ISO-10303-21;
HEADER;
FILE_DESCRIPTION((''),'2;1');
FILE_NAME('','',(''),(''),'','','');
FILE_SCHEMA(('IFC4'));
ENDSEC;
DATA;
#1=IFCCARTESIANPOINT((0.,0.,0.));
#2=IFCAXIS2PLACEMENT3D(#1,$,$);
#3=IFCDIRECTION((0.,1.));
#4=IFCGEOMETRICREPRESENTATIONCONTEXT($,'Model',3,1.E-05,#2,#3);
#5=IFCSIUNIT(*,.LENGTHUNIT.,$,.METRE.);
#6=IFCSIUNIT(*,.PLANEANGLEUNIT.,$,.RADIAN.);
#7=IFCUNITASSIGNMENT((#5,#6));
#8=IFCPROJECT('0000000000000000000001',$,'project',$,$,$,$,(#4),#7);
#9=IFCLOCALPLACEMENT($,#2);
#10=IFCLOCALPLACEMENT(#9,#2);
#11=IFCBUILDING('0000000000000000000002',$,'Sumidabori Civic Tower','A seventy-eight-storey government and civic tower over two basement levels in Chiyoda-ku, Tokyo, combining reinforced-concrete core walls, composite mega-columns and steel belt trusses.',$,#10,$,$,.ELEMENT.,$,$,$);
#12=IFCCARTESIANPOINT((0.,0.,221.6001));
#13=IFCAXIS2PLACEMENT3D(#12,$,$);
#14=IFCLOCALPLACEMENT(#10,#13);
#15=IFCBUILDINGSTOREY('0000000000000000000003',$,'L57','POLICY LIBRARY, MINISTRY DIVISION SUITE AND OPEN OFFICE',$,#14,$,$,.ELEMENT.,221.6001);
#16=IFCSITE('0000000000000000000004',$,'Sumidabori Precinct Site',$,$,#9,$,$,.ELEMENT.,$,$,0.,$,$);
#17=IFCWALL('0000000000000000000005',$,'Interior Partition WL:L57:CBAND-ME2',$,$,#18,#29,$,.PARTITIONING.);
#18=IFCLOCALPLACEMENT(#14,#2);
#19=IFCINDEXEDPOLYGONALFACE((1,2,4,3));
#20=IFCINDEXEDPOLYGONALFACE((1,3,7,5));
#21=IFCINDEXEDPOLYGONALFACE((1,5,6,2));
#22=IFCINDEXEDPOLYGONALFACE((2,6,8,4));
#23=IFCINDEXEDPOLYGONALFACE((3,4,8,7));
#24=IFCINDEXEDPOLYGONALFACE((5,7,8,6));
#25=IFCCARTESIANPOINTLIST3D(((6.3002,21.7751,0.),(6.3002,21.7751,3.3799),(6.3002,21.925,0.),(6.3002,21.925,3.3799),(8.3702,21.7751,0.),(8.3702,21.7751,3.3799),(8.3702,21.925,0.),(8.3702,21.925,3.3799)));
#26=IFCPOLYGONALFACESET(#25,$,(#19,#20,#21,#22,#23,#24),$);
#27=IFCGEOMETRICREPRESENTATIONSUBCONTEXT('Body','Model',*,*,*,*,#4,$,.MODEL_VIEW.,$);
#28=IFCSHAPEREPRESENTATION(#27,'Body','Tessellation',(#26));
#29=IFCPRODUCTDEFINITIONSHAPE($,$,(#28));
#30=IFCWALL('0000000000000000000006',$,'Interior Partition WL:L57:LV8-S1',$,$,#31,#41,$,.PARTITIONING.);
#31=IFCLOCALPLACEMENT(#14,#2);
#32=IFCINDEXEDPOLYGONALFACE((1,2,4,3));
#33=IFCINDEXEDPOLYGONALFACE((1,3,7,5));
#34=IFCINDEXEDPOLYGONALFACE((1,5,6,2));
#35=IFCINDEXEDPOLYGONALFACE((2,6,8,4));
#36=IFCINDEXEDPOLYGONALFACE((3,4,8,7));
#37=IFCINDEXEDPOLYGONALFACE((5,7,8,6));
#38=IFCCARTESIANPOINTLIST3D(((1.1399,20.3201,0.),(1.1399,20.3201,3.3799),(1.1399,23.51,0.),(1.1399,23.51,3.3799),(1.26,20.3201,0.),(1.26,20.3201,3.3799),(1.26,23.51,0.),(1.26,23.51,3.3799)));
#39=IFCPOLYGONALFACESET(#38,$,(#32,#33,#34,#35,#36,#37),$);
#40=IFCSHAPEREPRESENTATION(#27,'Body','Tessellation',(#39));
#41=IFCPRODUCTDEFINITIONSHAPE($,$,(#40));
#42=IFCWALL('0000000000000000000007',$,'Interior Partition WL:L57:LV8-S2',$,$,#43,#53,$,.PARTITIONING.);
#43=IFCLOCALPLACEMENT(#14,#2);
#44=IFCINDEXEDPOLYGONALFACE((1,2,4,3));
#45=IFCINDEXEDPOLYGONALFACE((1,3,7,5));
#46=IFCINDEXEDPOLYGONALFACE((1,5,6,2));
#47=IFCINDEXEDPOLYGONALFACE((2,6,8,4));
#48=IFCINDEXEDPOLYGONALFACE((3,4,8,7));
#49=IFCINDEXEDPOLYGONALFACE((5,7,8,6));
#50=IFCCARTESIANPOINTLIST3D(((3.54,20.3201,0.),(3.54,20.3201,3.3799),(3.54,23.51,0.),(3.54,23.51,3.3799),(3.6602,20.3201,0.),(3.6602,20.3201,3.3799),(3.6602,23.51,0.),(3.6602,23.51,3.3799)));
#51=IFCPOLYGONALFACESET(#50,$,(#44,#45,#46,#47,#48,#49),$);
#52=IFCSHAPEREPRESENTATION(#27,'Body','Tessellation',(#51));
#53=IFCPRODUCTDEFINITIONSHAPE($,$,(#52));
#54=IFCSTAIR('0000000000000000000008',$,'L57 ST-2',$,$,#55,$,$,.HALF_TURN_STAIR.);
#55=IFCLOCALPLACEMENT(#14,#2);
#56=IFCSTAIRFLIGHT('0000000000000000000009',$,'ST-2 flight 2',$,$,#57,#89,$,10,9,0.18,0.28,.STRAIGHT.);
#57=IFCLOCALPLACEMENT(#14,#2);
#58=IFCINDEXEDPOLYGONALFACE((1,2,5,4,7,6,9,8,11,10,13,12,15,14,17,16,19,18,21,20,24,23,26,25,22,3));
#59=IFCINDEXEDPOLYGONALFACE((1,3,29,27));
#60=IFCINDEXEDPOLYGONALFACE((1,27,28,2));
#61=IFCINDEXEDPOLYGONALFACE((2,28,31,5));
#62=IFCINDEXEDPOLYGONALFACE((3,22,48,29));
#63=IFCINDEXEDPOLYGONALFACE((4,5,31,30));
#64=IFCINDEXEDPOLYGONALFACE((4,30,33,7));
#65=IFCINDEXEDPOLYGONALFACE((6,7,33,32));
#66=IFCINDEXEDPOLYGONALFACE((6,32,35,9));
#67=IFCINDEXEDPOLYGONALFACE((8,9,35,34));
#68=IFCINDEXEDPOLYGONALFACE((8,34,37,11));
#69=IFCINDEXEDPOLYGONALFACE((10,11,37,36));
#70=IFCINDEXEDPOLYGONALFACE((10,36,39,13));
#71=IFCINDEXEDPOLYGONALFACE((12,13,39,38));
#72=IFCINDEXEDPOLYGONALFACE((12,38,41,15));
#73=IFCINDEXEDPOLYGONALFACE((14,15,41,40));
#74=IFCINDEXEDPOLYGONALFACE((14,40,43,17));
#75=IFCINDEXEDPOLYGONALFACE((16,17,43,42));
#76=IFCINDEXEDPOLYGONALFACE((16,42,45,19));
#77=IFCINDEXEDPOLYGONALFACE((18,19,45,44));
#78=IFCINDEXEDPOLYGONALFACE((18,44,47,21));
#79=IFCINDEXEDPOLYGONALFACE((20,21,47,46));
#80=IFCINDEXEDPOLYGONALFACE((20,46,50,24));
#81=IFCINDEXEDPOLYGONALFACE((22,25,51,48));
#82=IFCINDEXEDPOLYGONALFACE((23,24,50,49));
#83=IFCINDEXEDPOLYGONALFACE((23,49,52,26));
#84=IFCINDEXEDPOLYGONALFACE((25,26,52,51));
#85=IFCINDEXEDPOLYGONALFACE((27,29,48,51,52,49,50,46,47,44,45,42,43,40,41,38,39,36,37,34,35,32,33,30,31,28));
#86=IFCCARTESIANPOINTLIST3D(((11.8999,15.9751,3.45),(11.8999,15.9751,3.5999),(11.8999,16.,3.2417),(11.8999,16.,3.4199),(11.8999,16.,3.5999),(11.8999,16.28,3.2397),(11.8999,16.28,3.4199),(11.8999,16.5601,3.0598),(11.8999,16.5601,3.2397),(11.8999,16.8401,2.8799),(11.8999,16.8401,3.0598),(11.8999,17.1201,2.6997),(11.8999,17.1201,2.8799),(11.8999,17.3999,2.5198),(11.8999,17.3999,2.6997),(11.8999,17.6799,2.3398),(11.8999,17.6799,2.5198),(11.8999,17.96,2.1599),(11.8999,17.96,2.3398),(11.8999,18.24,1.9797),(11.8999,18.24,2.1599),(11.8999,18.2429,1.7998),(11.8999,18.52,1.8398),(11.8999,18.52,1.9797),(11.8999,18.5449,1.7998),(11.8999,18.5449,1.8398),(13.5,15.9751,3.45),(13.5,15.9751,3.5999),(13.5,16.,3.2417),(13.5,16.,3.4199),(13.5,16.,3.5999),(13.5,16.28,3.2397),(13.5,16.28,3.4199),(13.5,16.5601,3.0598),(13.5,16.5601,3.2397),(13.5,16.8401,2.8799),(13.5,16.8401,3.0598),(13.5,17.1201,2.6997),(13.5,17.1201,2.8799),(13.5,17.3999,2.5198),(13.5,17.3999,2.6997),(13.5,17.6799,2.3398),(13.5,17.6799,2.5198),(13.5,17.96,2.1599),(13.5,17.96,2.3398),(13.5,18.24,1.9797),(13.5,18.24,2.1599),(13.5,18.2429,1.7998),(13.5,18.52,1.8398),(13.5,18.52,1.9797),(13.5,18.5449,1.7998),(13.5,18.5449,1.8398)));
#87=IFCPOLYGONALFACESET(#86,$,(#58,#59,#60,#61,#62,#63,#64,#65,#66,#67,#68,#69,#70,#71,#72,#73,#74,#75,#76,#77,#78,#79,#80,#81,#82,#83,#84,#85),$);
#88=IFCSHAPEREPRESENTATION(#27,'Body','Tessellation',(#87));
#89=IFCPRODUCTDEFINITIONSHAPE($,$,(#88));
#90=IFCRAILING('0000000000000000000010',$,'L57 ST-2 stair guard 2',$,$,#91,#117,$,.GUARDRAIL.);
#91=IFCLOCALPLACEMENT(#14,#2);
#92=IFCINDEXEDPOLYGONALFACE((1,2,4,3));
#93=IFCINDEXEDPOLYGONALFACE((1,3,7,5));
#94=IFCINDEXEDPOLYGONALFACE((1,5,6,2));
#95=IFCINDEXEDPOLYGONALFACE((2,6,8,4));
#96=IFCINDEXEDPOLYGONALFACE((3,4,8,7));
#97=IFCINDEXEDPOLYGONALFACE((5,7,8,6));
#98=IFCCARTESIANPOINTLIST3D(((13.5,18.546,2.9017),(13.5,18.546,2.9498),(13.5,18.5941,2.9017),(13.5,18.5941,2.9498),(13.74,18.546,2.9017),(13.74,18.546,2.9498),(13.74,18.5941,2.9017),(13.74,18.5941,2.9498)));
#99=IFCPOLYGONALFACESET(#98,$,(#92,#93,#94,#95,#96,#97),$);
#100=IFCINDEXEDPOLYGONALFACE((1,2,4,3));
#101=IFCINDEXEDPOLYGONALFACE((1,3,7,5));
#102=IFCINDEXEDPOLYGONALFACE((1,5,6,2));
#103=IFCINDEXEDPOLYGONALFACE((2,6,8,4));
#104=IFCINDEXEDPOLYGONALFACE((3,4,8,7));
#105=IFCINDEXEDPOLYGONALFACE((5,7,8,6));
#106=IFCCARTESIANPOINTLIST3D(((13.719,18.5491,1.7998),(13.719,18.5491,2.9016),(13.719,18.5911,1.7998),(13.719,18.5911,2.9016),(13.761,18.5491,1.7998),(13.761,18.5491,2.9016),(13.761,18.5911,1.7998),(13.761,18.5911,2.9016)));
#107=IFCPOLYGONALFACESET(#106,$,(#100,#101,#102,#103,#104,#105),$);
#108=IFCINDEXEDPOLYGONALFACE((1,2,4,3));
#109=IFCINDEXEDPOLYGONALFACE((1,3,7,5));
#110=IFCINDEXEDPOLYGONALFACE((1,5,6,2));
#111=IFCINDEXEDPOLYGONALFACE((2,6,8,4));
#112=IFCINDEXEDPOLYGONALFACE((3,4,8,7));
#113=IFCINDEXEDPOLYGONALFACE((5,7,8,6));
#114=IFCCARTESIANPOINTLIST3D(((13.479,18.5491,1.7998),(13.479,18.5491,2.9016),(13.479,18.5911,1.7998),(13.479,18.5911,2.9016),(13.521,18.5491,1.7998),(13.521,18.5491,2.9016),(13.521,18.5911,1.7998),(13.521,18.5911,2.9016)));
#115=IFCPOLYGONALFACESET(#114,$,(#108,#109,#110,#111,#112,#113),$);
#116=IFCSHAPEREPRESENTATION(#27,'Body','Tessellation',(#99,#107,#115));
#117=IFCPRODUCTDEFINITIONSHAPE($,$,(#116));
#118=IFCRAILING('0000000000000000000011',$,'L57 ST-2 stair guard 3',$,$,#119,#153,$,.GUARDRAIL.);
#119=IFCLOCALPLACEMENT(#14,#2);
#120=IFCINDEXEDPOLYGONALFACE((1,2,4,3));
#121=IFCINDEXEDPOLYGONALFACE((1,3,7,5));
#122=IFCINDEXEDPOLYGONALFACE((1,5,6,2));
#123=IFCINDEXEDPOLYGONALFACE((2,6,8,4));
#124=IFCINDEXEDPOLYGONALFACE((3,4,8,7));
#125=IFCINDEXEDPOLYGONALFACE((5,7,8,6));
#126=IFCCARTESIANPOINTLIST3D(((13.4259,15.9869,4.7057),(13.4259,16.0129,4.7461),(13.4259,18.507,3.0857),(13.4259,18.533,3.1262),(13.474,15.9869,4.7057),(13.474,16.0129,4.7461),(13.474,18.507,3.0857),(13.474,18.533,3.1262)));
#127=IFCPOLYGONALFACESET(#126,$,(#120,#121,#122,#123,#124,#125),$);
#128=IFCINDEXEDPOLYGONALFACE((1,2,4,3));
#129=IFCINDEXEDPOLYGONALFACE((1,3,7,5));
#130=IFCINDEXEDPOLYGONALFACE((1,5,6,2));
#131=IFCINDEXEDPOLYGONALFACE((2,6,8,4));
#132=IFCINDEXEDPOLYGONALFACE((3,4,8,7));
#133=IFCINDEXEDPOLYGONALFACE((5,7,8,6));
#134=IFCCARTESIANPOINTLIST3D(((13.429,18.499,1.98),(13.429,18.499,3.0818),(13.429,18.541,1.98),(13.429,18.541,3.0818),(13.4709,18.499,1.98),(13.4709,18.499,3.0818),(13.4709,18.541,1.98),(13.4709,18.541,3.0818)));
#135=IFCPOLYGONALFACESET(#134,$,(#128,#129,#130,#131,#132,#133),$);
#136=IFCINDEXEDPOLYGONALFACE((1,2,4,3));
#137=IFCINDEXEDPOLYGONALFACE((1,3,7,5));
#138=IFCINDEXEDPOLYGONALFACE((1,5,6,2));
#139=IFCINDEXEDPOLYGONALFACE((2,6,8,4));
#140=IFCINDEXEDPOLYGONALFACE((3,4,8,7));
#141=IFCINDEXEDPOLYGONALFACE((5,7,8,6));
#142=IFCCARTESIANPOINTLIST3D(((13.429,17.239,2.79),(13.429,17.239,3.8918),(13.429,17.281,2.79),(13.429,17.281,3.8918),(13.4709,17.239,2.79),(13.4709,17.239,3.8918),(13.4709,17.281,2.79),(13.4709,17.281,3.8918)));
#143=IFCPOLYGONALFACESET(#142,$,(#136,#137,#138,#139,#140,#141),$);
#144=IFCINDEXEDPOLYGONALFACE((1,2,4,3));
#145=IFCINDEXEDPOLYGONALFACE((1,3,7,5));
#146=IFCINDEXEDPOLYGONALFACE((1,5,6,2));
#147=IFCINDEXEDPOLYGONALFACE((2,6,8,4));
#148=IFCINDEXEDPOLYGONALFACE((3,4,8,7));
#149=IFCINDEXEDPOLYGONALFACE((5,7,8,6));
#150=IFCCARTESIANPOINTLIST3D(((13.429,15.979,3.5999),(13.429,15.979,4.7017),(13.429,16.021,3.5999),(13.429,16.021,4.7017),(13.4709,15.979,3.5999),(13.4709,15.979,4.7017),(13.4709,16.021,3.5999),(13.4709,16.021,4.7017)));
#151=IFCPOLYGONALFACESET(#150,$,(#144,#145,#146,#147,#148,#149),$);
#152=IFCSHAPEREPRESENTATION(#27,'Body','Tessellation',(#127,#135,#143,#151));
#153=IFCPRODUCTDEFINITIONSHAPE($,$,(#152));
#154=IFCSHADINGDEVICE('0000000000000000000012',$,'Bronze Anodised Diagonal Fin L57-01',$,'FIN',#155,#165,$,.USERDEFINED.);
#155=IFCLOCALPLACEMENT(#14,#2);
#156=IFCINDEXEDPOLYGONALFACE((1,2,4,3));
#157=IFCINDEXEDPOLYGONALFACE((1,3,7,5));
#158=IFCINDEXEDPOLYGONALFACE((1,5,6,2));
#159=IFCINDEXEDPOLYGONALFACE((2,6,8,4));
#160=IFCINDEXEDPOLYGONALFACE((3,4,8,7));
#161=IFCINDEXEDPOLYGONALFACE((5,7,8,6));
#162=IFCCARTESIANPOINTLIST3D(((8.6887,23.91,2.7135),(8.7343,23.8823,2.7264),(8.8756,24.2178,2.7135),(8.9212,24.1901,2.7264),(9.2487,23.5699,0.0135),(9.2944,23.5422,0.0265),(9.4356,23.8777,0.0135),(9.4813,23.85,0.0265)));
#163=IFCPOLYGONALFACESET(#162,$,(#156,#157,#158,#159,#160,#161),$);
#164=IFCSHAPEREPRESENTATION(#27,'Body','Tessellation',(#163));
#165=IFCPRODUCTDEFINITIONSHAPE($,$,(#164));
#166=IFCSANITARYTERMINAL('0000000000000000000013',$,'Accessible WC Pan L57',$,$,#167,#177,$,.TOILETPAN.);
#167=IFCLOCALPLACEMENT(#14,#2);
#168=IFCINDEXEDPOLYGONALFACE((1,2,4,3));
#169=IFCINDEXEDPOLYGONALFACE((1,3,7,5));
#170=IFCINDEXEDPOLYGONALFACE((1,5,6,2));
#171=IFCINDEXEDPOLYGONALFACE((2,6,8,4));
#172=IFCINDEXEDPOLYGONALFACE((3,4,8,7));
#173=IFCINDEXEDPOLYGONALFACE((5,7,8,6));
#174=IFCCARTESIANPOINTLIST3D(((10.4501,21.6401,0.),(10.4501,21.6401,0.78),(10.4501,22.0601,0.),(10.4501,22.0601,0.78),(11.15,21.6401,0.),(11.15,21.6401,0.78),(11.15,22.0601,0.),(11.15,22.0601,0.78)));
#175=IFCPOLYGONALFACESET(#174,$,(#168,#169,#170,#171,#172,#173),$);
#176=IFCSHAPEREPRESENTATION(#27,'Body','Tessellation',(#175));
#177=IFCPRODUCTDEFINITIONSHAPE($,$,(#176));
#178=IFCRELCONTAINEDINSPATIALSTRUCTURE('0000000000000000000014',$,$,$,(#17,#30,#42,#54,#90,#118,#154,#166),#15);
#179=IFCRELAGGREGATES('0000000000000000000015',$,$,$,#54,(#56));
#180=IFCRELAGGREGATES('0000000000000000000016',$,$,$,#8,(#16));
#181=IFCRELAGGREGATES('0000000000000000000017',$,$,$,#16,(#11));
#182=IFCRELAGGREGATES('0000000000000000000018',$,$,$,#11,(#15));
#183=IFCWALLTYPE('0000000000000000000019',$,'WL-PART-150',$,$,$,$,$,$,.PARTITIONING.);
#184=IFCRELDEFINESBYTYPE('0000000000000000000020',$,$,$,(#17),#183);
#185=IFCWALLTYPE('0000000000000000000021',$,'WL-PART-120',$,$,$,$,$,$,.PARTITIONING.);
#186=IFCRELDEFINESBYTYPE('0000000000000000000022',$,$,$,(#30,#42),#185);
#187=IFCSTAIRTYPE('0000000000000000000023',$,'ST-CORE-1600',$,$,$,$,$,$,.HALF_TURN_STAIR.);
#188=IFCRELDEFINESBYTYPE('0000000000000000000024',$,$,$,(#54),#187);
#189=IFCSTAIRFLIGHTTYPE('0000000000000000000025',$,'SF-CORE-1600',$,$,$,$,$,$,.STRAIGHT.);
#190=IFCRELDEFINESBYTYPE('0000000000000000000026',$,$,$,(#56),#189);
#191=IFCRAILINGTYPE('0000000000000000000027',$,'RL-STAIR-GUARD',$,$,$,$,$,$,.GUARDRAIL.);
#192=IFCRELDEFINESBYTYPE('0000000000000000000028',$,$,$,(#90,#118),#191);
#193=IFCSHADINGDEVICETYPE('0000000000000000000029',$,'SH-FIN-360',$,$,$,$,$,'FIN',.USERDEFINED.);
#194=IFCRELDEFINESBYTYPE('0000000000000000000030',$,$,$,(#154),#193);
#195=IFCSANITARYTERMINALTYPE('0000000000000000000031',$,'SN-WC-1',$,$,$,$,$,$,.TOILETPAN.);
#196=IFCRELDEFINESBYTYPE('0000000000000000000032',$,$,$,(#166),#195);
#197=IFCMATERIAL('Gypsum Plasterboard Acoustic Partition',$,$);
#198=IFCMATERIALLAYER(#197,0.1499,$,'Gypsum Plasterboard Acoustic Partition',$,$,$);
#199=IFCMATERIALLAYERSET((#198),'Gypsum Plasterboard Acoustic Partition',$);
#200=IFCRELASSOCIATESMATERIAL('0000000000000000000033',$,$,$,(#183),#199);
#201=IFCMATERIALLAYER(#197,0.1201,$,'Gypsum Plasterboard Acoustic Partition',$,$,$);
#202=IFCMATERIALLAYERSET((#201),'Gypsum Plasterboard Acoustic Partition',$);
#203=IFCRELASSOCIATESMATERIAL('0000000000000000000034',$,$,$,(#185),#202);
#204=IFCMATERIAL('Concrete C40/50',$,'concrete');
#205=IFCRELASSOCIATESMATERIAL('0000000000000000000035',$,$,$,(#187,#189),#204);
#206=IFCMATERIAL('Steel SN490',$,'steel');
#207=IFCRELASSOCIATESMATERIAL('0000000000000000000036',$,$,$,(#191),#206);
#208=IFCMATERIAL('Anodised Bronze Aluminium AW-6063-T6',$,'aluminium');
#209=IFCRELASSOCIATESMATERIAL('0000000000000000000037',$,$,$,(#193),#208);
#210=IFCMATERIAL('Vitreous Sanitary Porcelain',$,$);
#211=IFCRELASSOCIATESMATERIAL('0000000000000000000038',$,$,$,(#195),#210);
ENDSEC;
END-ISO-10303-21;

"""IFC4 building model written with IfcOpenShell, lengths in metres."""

from ifc_helpers import new_model, si_unit, direction, frame, frame_2d, origin, origin_2d, place, context, subcontext, project, spatial, polyline, rectangle, outline, extrude, source, transform, mapped, material, layer, layer_set, material_profile, profile_set, type_object, element, aggregate, save


model = new_model("IFC4")

# Units and contexts
model_context = context("Model", 3, precision=1e-05, world=origin(), true_north=direction((0.0, 1.0)))
body_context = subcontext(model_context, "Body", "Model", "MODEL_VIEW")
ifc_project = project(units=[si_unit("LENGTHUNIT", "METRE"), si_unit("PLANEANGLEUNIT", "RADIAN")], contexts=[model_context])

# Site, building, storey
site_placement = place(None, origin())
site = spatial("IfcSite", under=ifc_project, at=site_placement, Name="Sumidabori Precinct Site", CompositionType="ELEMENT", RefElevation=0.0)
building_placement = place(site_placement, origin())
building = spatial("IfcBuilding", under=site, at=building_placement, Name="Sumidabori Civic Tower", Description="A seventy-eight-storey government and civic tower over two basement levels in Chiyoda-ku, Tokyo, combining reinforced-concrete core walls, composite mega-columns and steel belt trusses.", CompositionType="ELEMENT")
storey_placement = place(building_placement, frame((0.0, 0.0, 221.6001)))
storey = spatial("IfcBuildingStorey", under=building, at=storey_placement, Name="L57", Description="POLICY LIBRARY, MINISTRY DIVISION SUITE AND OPEN OFFICE", CompositionType="ELEMENT", Elevation=221.6001)

# Shared definitions
ifc_material_1 = material(Name="Steel SN490", Category="steel")

# Shared definitions
ifc_material_2 = material(Name="Anodised Bronze Aluminium AW-6063-T6", Category="aluminium")

# Walls
ifc_material_3 = material(Name="Gypsum Plasterboard Acoustic Partition")
ifc_layer_1 = layer(ifc_material_3, 0.1499, Name="Gypsum Plasterboard Acoustic Partition")
ifc_layer_set_1 = layer_set([ifc_layer_1], Name="Gypsum Plasterboard Acoustic Partition")
wall_type_1 = type_object("IfcWallType", Name="WL-PART-150", PredefinedType="PARTITIONING", material=ifc_layer_set_1)
shared_shape_1 = source(origin(), body_context, "Body", "SweptSolid", [
    extrude(rectangle(XDim=2.0701, YDim=0.1499, at=frame_2d((1.0352, 0.0))), origin(), (0.0, 0.0, 1.0), 3.3799),
])
wall_1_placement = place(storey_placement, frame((6.3, 21.8501, 0.0), z_axis=(0.0, 0.0, 1.0), x_axis=(1.0, 0.0, 0.0)))
element("IfcWall", 1, at=wall_1_placement, inside=storey, type_object=wall_type_1, Name="Interior Partition WL:L57:CBAND-ME2", PredefinedType="PARTITIONING", context=body_context, shape_type="MappedRepresentation", body=[
    mapped(shared_shape_1, transform((0.0, 0.0, 0.0), x_axis=(1.0, 0.0, 0.0), y_axis=(0.0, 1.0, 0.0), z_axis=(0.0, 0.0, 1.0), scale=1.0)),
])
ifc_layer_2 = layer(ifc_material_3, 0.1201, Name="Gypsum Plasterboard Acoustic Partition")
ifc_layer_set_2 = layer_set([ifc_layer_2], Name="Gypsum Plasterboard Acoustic Partition")
wall_type_2 = type_object("IfcWallType", Name="WL-PART-120", PredefinedType="PARTITIONING", material=ifc_layer_set_2)
shared_shape_2 = source(origin(), body_context, "Body", "SweptSolid", [
    extrude(rectangle(XDim=3.1899, YDim=0.1201, at=frame_2d((1.595, 0.0))), origin(), (0.0, 0.0, 1.0), 3.3799),
])
for number, where, z_axis, x_axis, name in (
    (2, (1.2, 20.3201, 0.0), (0.0, 0.0, 1.0), (0.0, 1.0, 0.0), "Interior Partition WL:L57:LV8-S1"),
    (3, (3.6001, 20.3201, 0.0), (0.0, 0.0, 1.0), (0.0, 1.0, 0.0), "Interior Partition WL:L57:LV8-S2"),
):
    element("IfcWall", number, at=place(storey_placement, frame(where, z_axis=z_axis, x_axis=x_axis)), inside=storey, type_object=wall_type_2, Name=name, PredefinedType="PARTITIONING", context=body_context, shape_type="MappedRepresentation", body=[
        mapped(shared_shape_2, transform((0.0, 0.0, 0.0), x_axis=(1.0, 0.0, 0.0), y_axis=(0.0, 1.0, 0.0), z_axis=(0.0, 0.0, 1.0), scale=1.0)),
    ])

# Stair, stair flight
ifc_material_4 = material(Name="Concrete C40/50", Category="concrete")
stair_type = type_object("IfcStairType", Name="ST-CORE-1600", PredefinedType="HALF_TURN_STAIR", material=ifc_material_4)
stair_placement = place(storey_placement, origin())
stair = element("IfcStair", 4, at=stair_placement, inside=storey, type_object=stair_type, Name="L57 ST-2", PredefinedType="HALF_TURN_STAIR")
stair_flight_type = type_object("IfcStairFlightType", Name="SF-CORE-1600", PredefinedType="STRAIGHT", material=ifc_material_4)
shared_shape_3 = source(origin(), body_context, "Body", "SweptSolid", [
    extrude(outline(polyline([(-0.0249, 0.0), (-0.0249, 0.04), (0.0, 0.04), (0.0, 0.1799), (0.28, 0.1799), (0.28, 0.3601), (0.5601, 0.3601), (0.5601, 0.54), (0.8401, 0.54), (0.8401, 0.72), (1.1201, 0.72), (1.1201, 0.8999), (1.3999, 0.8999), (1.3999, 1.0801), (1.6799, 1.0801), (1.6799, 1.26), (1.96, 1.26), (1.96, 1.4399), (2.24, 1.4399), (2.24, 1.6201), (2.52, 1.6201), (2.52, 1.8), (2.5449, 1.8), (2.5449, 1.6501), (2.52, 1.4419), (0.2771, 0.0), (-0.0249, 0.0)])), frame((0.0, 0.8, 0.0), z_axis=(0.0, -1.0, 0.0), x_axis=(1.0, 0.0, 0.0)), (0.0, 0.0, 1.0), 1.6001),
])
stair_flight_placement = place(storey_placement, frame((12.7, 18.52, 1.7998), z_axis=(0.0, 0.0, 1.0), x_axis=(0.0, -1.0, 0.0)))
stair_flight = element("IfcStairFlight", 5, at=stair_flight_placement, type_object=stair_flight_type, Name="ST-2 flight 2", NumberOfRisers=10, NumberOfTreads=9, PredefinedType="STRAIGHT", RiserHeight=0.18, TreadLength=0.28, context=body_context, shape_type="MappedRepresentation", body=[
    mapped(shared_shape_3, transform((0.0, 0.0, 0.0), x_axis=(1.0, 0.0, 0.0), y_axis=(0.0, 1.0, 0.0), z_axis=(0.0, 0.0, 1.0), scale=1.0)),
])
aggregate(stair, [stair_flight])

# Railings
railing_type = type_object("IfcRailingType", Name="RL-STAIR-GUARD", PredefinedType="GUARDRAIL", material=ifc_material_1)
railing_1_placement = place(storey_placement, frame((13.74, 18.5701, 1.7998)))
element("IfcRailing", 6, at=railing_1_placement, inside=storey, type_object=railing_type, Name="L57 ST-2 stair guard 2", PredefinedType="GUARDRAIL", context=body_context, shape_type="SweptSolid", body=[
    extrude(rectangle(XDim=0.0481, YDim=0.0481, at=origin_2d()), frame((0.0, 0.0, 1.126), z_axis=(-1.0, 0.0, 0.0), x_axis=(0.0, -1.0, 0.0)), (0.0, 0.0, 1.0), 0.24),
    extrude(rectangle(XDim=0.042, YDim=0.042, at=origin_2d()), origin(), (0.0, 0.0, 1.0), 1.1018),
    extrude(rectangle(XDim=0.042, YDim=0.042, at=origin_2d()), frame((-0.24, 0.0, 0.0)), (0.0, 0.0, 1.0), 1.1018),
])
railing_2_placement = place(storey_placement, frame((13.45, 18.52, 1.98)))
element("IfcRailing", 7, at=railing_2_placement, inside=storey, type_object=railing_type, Name="L57 ST-2 stair guard 3", PredefinedType="GUARDRAIL", context=body_context, shape_type="SweptSolid", body=[
    extrude(rectangle(XDim=0.0481, YDim=0.0481, at=origin_2d()), frame((0.0, 0.0, 1.126), z_axis=(0.0, -0.8412, 0.540725), x_axis=(1.0, 0.0, 0.0)), (0.0, 0.0, 1.0), 2.9958),
    extrude(rectangle(XDim=0.042, YDim=0.042, at=origin_2d()), origin(), (0.0, 0.0, 1.0), 1.1018),
    extrude(rectangle(XDim=0.042, YDim=0.042, at=origin_2d()), frame((0.0, -1.26, 0.8101)), (0.0, 0.0, 1.0), 1.1018),
    extrude(rectangle(XDim=0.042, YDim=0.042, at=origin_2d()), frame((0.0, -2.52, 1.6199)), (0.0, 0.0, 1.0), 1.1018),
])

# Shading device
ifc_material_profile_1 = material_profile(ifc_material_2, rectangle(XDim=0.0549, YDim=0.3601, at=origin_2d()), Name="BRONZE FIN 360x55")
ifc_profile_set_1 = profile_set([ifc_material_profile_1], Name="Anodised Bronze Aluminium AW-6063-T6")
shading_device_type = type_object("IfcShadingDeviceType", Name="SH-FIN-360", ElementType="FIN", PredefinedType="USERDEFINED", material=ifc_profile_set_1)
shared_shape_4 = source(origin(), body_context, "Body", "SweptSolid", [
    extrude(rectangle(XDim=0.0549, YDim=0.3601, at=origin_2d()), origin(), (0.0, 0.0, 1.0), 2.7783),
])
shading_device_placement = place(storey_placement, frame((9.365, 23.71, 0.02), z_axis=(-0.201582, 0.122408, 0.971793), x_axis=(0.830642, -0.504396, 0.235837)))
element("IfcShadingDevice", 8, at=shading_device_placement, inside=storey, type_object=shading_device_type, Name="Bronze Anodised Diagonal Fin L57-01", ObjectType="FIN", PredefinedType="USERDEFINED", context=body_context, shape_type="MappedRepresentation", body=[
    mapped(shared_shape_4, transform((0.0, 0.0, 0.0), x_axis=(1.0, 0.0, 0.0), y_axis=(0.0, 1.0, 0.0), z_axis=(0.0, 0.0, 1.0), scale=1.0)),
])

# Sanitary terminal
ifc_material_5 = material(Name="Vitreous Sanitary Porcelain")
sanitary_terminal_type_1 = type_object("IfcSanitaryTerminalType", Name="SN-WC-1", PredefinedType="TOILETPAN", material=ifc_material_5)
shared_shape_5 = source(origin(), body_context, "Body", "SweptSolid", [
    extrude(rectangle(XDim=0.7, YDim=0.4199, at=origin_2d()), origin(), (0.0, 0.0, 1.0), 0.78),
])
sanitary_terminal_1_placement = place(storey_placement, frame((10.8, 21.8501, 0.0), z_axis=(0.0, 0.0, 1.0), x_axis=(1.0, 0.0, 0.0)))
element("IfcSanitaryTerminal", 9, at=sanitary_terminal_1_placement, inside=storey, type_object=sanitary_terminal_type_1, Name="Accessible WC Pan L57", PredefinedType="TOILETPAN", context=body_context, shape_type="MappedRepresentation", body=[
    mapped(shared_shape_5, transform((0.0, 0.0, 0.0), x_axis=(1.0, 0.0, 0.0), y_axis=(0.0, 1.0, 0.0), z_axis=(0.0, 0.0, 1.0), scale=1.0)),
])

save(model, "model.ifc")
